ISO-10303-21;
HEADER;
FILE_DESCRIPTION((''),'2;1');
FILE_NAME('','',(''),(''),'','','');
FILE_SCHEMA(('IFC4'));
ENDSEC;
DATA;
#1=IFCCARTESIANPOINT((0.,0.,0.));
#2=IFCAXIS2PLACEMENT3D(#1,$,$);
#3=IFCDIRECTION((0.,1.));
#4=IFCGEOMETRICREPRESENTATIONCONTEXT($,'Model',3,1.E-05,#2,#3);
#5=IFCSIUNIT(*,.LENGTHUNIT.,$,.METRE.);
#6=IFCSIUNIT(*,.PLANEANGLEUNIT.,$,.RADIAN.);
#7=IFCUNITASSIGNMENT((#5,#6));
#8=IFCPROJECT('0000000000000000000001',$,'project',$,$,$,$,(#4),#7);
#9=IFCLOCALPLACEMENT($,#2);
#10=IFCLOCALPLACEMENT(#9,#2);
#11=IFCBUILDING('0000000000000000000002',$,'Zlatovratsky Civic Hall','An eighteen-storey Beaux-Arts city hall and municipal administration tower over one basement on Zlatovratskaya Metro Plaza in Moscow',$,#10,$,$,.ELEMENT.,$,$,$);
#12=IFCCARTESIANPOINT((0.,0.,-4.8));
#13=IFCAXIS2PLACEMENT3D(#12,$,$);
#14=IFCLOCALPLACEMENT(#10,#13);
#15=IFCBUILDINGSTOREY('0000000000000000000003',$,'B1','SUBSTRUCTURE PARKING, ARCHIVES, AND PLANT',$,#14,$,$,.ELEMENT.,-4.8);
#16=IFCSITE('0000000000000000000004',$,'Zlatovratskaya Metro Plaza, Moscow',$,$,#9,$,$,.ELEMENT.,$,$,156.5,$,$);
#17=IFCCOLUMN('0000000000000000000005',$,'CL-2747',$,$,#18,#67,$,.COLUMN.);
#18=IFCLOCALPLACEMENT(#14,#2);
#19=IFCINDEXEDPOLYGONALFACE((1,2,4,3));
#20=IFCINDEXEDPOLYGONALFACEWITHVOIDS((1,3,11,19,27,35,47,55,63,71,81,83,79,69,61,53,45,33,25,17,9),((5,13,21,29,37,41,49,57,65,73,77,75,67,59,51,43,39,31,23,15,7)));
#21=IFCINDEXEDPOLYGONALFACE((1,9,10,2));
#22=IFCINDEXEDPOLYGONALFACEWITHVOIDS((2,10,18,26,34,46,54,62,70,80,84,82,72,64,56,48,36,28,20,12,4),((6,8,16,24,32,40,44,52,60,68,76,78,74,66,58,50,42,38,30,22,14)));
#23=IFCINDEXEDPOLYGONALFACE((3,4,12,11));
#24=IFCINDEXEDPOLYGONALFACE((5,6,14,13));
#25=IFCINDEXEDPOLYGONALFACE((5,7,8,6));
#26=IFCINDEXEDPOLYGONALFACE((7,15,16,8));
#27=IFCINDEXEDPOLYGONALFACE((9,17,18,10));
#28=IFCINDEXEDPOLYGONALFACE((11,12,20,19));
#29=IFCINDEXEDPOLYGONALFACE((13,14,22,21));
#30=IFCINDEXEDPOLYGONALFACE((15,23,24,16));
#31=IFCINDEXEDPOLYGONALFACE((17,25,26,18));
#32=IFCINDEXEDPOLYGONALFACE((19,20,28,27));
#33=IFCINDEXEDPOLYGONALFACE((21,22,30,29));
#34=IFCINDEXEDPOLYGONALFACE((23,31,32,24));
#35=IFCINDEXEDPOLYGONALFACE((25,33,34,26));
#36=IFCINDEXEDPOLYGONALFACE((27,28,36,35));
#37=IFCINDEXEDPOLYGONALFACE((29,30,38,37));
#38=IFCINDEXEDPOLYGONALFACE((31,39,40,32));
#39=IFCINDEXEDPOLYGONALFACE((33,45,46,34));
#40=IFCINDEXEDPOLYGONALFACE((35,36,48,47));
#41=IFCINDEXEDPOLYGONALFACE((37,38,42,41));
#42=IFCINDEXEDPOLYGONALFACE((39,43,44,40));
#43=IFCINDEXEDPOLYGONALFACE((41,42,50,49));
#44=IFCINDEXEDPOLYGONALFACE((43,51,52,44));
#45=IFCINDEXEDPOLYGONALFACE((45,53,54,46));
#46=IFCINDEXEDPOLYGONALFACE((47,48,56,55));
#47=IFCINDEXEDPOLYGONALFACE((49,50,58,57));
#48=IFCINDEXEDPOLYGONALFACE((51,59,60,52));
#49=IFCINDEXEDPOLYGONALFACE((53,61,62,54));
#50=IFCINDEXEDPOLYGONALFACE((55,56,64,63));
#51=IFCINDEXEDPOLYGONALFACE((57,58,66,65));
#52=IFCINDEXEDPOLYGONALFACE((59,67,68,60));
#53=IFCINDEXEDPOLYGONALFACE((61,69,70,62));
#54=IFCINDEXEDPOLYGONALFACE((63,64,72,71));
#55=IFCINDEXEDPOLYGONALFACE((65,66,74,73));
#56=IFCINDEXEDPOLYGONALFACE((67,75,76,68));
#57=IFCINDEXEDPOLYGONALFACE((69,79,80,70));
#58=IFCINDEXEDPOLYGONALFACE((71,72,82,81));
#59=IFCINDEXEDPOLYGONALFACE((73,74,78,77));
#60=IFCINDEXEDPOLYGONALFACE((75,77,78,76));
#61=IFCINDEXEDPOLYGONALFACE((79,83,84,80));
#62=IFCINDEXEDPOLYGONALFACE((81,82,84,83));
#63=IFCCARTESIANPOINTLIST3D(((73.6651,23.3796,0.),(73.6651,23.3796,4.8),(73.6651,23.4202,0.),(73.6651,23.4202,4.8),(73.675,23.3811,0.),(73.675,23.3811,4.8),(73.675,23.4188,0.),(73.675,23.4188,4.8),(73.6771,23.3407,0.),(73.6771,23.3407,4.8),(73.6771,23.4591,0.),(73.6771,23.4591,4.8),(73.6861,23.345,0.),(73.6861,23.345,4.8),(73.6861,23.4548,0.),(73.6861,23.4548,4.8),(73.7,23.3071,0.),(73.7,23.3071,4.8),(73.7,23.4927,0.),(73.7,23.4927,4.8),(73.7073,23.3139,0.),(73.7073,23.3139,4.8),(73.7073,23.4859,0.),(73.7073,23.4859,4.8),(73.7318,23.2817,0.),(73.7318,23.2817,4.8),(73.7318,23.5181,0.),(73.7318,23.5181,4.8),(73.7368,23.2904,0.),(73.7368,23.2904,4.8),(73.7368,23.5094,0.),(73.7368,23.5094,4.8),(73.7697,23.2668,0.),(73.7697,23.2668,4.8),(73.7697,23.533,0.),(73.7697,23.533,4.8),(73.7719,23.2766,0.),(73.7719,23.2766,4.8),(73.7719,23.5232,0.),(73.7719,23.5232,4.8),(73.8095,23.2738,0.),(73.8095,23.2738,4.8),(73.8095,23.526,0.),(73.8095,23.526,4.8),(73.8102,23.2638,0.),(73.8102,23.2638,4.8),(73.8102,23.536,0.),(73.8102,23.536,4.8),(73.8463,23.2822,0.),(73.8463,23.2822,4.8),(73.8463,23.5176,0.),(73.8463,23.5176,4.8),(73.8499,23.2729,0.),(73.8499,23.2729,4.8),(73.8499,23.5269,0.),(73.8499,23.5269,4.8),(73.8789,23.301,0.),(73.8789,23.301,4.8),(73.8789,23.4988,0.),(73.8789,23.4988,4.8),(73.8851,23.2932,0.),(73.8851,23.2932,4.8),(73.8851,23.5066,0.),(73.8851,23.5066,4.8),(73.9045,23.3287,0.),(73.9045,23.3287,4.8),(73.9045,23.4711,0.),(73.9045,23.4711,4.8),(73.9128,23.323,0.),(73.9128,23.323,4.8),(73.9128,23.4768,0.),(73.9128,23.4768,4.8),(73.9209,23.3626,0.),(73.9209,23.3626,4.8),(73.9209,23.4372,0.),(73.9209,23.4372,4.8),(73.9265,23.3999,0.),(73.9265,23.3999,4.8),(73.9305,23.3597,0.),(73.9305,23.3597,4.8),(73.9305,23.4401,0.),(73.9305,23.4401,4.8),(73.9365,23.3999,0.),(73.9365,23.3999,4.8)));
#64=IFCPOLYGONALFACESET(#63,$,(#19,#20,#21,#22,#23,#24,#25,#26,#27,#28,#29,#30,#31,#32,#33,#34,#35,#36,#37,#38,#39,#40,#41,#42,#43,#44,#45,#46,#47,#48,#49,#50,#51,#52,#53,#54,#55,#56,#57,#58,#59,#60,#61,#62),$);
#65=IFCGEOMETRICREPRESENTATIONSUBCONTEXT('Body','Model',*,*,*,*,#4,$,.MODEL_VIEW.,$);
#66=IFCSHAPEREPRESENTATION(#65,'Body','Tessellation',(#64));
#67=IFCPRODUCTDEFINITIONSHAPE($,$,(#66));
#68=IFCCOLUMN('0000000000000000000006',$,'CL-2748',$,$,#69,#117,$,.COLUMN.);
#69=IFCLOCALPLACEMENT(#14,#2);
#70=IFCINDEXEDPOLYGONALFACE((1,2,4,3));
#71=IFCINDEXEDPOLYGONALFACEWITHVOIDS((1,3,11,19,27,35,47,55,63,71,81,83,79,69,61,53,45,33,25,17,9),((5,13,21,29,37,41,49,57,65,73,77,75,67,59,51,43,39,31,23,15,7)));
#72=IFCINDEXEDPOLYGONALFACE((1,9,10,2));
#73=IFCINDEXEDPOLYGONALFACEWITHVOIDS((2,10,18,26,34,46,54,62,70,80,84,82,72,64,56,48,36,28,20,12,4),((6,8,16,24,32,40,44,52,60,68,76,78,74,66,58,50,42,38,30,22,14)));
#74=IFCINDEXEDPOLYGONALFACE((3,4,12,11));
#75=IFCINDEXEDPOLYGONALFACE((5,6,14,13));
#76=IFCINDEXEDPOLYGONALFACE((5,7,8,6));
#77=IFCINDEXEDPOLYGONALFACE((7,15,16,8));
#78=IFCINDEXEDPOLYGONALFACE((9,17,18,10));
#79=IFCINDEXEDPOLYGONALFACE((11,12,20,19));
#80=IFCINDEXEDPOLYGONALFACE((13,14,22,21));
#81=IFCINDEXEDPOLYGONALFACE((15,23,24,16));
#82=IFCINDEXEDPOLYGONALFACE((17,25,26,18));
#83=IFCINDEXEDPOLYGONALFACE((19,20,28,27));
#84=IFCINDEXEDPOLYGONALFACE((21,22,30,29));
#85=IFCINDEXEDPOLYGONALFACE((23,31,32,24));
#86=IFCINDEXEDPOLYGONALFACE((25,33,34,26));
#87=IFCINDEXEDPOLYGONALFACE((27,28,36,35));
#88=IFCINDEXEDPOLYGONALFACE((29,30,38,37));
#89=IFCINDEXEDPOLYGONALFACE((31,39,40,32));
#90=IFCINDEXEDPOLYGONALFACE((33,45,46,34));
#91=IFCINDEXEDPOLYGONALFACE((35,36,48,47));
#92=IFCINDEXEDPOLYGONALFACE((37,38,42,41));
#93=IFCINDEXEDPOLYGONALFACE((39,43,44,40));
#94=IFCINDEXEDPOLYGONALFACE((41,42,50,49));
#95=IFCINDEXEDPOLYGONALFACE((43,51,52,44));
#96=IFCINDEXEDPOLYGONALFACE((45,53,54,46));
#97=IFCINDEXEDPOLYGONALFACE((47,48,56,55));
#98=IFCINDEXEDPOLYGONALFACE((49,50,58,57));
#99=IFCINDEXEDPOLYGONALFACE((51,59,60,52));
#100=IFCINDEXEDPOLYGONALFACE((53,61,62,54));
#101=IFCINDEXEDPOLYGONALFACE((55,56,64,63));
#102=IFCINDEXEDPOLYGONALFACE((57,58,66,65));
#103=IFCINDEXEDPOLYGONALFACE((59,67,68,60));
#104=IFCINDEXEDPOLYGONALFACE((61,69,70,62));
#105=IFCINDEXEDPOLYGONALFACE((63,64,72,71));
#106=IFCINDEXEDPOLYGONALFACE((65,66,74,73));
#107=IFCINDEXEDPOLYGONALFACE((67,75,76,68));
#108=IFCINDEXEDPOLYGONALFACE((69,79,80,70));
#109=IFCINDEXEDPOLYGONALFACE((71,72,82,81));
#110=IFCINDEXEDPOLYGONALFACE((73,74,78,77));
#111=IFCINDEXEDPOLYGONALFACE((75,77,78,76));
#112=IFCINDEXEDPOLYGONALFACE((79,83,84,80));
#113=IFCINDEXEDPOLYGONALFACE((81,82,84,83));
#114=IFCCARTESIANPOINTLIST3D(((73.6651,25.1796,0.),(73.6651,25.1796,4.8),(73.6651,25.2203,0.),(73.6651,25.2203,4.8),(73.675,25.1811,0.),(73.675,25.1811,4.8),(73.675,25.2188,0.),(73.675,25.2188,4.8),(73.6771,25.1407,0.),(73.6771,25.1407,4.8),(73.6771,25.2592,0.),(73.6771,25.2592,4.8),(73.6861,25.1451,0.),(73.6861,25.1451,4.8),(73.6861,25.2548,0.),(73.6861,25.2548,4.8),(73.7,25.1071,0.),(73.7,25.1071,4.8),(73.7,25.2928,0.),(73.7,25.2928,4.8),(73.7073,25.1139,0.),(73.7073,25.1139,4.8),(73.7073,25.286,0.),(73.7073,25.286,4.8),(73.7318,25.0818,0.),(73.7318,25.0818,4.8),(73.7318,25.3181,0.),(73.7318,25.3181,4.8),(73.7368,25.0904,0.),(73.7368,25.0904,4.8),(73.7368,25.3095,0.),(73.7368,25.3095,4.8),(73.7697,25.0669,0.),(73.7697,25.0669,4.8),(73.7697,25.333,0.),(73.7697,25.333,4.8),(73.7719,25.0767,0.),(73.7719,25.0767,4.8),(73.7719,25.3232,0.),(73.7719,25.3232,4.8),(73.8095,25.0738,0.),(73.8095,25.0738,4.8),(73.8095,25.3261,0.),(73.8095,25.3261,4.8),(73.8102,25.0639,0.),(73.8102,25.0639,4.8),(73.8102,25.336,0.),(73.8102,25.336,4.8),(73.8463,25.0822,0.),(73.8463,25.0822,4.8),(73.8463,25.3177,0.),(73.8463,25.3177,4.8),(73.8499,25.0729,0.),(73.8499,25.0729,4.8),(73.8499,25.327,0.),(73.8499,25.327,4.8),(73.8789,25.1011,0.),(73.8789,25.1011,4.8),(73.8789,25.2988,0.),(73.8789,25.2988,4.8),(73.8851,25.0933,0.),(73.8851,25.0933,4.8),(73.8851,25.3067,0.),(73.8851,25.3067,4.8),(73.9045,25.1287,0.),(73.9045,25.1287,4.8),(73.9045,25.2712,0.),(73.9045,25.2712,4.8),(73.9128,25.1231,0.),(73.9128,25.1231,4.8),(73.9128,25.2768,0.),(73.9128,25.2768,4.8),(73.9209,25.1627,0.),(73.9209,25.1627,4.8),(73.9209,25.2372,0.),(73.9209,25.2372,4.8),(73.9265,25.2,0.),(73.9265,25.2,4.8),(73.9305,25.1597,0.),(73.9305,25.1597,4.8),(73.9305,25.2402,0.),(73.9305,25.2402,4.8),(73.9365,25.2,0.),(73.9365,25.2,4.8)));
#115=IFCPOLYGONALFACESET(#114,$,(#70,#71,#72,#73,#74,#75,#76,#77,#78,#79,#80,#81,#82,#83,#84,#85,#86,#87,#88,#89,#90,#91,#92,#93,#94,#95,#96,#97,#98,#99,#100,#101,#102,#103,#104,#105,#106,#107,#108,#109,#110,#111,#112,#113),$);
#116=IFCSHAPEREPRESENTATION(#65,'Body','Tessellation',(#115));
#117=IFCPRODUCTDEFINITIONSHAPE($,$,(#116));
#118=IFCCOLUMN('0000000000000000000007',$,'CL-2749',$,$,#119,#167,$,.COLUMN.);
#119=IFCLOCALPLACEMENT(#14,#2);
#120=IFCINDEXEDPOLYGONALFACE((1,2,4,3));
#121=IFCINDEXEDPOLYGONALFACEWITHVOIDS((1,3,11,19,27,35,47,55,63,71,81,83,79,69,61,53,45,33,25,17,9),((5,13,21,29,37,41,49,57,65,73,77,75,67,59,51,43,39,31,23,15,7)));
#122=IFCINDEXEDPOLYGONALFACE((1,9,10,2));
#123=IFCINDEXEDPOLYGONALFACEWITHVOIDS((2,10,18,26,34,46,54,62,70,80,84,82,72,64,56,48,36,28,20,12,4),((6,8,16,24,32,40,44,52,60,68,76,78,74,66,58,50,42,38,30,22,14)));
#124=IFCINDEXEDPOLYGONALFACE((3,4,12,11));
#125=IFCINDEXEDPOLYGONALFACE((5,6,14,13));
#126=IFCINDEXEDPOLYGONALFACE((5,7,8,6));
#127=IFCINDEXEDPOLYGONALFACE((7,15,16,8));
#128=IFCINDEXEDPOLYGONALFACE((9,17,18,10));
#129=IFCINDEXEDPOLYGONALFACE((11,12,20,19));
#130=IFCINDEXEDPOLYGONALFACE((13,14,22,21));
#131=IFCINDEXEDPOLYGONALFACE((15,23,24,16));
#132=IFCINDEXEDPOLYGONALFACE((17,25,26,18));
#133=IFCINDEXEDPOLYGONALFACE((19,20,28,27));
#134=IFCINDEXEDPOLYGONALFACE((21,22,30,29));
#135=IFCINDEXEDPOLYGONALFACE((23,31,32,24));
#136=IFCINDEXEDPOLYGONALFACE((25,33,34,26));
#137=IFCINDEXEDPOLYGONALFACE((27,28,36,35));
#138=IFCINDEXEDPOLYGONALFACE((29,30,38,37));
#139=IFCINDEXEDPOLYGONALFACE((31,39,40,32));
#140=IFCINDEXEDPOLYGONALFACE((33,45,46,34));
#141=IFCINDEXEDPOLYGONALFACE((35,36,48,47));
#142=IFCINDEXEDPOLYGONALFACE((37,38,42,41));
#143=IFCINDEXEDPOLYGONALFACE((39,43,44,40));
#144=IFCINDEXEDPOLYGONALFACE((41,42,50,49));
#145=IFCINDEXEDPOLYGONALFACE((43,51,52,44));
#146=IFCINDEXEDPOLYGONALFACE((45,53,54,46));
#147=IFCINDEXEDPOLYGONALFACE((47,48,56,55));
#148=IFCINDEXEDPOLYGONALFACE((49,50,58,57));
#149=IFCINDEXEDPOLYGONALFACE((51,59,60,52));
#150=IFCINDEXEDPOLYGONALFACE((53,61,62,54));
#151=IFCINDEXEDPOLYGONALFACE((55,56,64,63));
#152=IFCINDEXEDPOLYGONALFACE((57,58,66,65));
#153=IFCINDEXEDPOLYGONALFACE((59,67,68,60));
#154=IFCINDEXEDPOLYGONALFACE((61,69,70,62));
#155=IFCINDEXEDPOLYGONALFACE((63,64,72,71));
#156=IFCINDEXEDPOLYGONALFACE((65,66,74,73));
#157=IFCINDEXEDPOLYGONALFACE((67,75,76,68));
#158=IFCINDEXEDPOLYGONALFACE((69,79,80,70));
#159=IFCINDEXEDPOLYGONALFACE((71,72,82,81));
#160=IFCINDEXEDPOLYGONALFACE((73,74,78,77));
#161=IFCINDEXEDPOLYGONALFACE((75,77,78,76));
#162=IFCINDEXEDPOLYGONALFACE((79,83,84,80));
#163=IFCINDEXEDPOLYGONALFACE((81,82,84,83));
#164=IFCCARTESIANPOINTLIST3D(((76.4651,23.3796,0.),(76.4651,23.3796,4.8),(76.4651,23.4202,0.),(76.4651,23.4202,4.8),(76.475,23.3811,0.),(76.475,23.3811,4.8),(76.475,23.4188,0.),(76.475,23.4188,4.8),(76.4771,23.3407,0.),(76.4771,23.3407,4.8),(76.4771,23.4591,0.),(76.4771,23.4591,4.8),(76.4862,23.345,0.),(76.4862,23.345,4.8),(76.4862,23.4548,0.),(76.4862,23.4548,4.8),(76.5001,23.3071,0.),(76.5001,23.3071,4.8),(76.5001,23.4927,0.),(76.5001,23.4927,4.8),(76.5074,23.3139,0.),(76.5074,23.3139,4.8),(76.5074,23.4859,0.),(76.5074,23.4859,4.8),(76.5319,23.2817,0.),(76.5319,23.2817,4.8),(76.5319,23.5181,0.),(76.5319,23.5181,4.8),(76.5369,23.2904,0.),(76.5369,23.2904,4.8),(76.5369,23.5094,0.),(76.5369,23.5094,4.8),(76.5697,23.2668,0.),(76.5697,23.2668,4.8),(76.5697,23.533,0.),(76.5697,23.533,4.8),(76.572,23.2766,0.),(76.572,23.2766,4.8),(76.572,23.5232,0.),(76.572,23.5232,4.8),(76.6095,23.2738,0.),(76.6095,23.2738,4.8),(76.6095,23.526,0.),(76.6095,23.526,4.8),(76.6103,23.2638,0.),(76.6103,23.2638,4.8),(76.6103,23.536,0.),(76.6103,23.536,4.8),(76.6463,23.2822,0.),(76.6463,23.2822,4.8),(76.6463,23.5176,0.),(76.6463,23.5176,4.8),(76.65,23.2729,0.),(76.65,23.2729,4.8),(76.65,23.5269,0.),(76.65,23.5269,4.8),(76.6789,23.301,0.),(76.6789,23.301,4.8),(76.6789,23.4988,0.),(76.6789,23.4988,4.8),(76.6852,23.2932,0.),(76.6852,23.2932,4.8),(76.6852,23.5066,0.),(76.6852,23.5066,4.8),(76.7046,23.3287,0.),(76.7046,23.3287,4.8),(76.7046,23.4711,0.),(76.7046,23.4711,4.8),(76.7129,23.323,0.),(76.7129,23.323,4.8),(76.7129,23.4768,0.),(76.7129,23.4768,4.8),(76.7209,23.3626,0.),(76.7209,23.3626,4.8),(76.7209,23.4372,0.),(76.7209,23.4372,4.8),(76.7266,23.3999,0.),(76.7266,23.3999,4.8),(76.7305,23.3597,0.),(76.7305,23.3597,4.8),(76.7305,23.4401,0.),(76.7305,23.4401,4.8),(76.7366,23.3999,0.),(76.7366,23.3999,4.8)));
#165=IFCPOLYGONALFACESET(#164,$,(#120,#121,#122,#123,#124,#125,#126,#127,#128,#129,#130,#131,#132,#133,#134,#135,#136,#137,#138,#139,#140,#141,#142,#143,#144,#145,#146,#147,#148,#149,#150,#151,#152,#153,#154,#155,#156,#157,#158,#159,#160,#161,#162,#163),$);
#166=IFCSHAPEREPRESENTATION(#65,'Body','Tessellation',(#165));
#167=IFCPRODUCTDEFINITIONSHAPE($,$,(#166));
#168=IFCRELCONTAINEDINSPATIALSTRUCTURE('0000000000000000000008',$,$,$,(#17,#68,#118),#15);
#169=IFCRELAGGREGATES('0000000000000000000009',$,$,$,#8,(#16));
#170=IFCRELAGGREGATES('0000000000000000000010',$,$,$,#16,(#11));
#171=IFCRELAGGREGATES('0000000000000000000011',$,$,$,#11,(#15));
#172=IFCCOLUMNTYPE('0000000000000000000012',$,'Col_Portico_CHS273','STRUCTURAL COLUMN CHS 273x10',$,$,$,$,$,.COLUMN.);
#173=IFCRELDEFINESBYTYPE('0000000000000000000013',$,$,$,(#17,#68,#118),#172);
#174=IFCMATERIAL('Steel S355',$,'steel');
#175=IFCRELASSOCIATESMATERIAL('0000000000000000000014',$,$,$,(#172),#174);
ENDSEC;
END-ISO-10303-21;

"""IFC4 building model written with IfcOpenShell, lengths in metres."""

from ifc_helpers import new_model, si_unit, direction, frame, origin, origin_2d, place, context, subcontext, project, spatial, hollow_circle, extrude, material, material_profile, profile_set, type_object, element, save


model = new_model("IFC4")

# Units and contexts
model_context = context("Model", 3, precision=1e-05, world=origin(), true_north=direction((0.0, 1.0)))
body_context = subcontext(model_context, "Body", "Model", "MODEL_VIEW")
ifc_project = project(units=[si_unit("LENGTHUNIT", "METRE"), si_unit("PLANEANGLEUNIT", "RADIAN")], contexts=[model_context])

# Site, building, storey
site_placement = place(None, origin())
site = spatial("IfcSite", under=ifc_project, at=site_placement, Name="Zlatovratskaya Metro Plaza, Moscow", CompositionType="ELEMENT", RefElevation=156.5)
building_placement = place(site_placement, origin())
building = spatial("IfcBuilding", under=site, at=building_placement, Name="Zlatovratsky Civic Hall", Description="An eighteen-storey Beaux-Arts city hall and municipal administration tower over one basement on Zlatovratskaya Metro Plaza in Moscow", CompositionType="ELEMENT")
storey_placement = place(building_placement, frame((0.0, 0.0, -4.8)))
storey = spatial("IfcBuildingStorey", under=building, at=storey_placement, Name="B1", Description="SUBSTRUCTURE PARKING, ARCHIVES, AND PLANT", CompositionType="ELEMENT", Elevation=-4.8)

# Columns
ifc_material_1 = material(Name="Steel S355", Category="steel")
ifc_material_profile_1 = material_profile(ifc_material_1, hollow_circle(Radius=0.1365, WallThickness=0.01, at=origin_2d()), Name="CHS 273x10")
ifc_profile_set_1 = profile_set([ifc_material_profile_1], Name="Steel S355")
column_type_1 = type_object("IfcColumnType", Name="Col_Portico_CHS273", Description="STRUCTURAL COLUMN CHS 273x10", PredefinedType="COLUMN", material=ifc_profile_set_1)
for number, where, z_axis, x_axis, name in (
    (1, (73.8, 23.3999, 0.0), (0.0, 0.0, 1.0), (1.0, 0.0, 0.0), "CL-2747"),
    (2, (73.8, 25.2, 0.0), (0.0, 0.0, 1.0), (1.0, 0.0, 0.0), "CL-2748"),
    (3, (76.6001, 23.3999, 0.0), (0.0, 0.0, 1.0), (1.0, 0.0, 0.0), "CL-2749"),
):
    element("IfcColumn", number, at=place(storey_placement, frame(where, z_axis=z_axis, x_axis=x_axis)), inside=storey, type_object=column_type_1, Name=name, PredefinedType="COLUMN", context=body_context, shape_type="SweptSolid", body=[
        extrude(hollow_circle(Radius=0.1365, WallThickness=0.01, at=origin_2d()), origin(), (0.0, 0.0, 1.0), 4.8),
    ])

save(model, "model.ifc")
